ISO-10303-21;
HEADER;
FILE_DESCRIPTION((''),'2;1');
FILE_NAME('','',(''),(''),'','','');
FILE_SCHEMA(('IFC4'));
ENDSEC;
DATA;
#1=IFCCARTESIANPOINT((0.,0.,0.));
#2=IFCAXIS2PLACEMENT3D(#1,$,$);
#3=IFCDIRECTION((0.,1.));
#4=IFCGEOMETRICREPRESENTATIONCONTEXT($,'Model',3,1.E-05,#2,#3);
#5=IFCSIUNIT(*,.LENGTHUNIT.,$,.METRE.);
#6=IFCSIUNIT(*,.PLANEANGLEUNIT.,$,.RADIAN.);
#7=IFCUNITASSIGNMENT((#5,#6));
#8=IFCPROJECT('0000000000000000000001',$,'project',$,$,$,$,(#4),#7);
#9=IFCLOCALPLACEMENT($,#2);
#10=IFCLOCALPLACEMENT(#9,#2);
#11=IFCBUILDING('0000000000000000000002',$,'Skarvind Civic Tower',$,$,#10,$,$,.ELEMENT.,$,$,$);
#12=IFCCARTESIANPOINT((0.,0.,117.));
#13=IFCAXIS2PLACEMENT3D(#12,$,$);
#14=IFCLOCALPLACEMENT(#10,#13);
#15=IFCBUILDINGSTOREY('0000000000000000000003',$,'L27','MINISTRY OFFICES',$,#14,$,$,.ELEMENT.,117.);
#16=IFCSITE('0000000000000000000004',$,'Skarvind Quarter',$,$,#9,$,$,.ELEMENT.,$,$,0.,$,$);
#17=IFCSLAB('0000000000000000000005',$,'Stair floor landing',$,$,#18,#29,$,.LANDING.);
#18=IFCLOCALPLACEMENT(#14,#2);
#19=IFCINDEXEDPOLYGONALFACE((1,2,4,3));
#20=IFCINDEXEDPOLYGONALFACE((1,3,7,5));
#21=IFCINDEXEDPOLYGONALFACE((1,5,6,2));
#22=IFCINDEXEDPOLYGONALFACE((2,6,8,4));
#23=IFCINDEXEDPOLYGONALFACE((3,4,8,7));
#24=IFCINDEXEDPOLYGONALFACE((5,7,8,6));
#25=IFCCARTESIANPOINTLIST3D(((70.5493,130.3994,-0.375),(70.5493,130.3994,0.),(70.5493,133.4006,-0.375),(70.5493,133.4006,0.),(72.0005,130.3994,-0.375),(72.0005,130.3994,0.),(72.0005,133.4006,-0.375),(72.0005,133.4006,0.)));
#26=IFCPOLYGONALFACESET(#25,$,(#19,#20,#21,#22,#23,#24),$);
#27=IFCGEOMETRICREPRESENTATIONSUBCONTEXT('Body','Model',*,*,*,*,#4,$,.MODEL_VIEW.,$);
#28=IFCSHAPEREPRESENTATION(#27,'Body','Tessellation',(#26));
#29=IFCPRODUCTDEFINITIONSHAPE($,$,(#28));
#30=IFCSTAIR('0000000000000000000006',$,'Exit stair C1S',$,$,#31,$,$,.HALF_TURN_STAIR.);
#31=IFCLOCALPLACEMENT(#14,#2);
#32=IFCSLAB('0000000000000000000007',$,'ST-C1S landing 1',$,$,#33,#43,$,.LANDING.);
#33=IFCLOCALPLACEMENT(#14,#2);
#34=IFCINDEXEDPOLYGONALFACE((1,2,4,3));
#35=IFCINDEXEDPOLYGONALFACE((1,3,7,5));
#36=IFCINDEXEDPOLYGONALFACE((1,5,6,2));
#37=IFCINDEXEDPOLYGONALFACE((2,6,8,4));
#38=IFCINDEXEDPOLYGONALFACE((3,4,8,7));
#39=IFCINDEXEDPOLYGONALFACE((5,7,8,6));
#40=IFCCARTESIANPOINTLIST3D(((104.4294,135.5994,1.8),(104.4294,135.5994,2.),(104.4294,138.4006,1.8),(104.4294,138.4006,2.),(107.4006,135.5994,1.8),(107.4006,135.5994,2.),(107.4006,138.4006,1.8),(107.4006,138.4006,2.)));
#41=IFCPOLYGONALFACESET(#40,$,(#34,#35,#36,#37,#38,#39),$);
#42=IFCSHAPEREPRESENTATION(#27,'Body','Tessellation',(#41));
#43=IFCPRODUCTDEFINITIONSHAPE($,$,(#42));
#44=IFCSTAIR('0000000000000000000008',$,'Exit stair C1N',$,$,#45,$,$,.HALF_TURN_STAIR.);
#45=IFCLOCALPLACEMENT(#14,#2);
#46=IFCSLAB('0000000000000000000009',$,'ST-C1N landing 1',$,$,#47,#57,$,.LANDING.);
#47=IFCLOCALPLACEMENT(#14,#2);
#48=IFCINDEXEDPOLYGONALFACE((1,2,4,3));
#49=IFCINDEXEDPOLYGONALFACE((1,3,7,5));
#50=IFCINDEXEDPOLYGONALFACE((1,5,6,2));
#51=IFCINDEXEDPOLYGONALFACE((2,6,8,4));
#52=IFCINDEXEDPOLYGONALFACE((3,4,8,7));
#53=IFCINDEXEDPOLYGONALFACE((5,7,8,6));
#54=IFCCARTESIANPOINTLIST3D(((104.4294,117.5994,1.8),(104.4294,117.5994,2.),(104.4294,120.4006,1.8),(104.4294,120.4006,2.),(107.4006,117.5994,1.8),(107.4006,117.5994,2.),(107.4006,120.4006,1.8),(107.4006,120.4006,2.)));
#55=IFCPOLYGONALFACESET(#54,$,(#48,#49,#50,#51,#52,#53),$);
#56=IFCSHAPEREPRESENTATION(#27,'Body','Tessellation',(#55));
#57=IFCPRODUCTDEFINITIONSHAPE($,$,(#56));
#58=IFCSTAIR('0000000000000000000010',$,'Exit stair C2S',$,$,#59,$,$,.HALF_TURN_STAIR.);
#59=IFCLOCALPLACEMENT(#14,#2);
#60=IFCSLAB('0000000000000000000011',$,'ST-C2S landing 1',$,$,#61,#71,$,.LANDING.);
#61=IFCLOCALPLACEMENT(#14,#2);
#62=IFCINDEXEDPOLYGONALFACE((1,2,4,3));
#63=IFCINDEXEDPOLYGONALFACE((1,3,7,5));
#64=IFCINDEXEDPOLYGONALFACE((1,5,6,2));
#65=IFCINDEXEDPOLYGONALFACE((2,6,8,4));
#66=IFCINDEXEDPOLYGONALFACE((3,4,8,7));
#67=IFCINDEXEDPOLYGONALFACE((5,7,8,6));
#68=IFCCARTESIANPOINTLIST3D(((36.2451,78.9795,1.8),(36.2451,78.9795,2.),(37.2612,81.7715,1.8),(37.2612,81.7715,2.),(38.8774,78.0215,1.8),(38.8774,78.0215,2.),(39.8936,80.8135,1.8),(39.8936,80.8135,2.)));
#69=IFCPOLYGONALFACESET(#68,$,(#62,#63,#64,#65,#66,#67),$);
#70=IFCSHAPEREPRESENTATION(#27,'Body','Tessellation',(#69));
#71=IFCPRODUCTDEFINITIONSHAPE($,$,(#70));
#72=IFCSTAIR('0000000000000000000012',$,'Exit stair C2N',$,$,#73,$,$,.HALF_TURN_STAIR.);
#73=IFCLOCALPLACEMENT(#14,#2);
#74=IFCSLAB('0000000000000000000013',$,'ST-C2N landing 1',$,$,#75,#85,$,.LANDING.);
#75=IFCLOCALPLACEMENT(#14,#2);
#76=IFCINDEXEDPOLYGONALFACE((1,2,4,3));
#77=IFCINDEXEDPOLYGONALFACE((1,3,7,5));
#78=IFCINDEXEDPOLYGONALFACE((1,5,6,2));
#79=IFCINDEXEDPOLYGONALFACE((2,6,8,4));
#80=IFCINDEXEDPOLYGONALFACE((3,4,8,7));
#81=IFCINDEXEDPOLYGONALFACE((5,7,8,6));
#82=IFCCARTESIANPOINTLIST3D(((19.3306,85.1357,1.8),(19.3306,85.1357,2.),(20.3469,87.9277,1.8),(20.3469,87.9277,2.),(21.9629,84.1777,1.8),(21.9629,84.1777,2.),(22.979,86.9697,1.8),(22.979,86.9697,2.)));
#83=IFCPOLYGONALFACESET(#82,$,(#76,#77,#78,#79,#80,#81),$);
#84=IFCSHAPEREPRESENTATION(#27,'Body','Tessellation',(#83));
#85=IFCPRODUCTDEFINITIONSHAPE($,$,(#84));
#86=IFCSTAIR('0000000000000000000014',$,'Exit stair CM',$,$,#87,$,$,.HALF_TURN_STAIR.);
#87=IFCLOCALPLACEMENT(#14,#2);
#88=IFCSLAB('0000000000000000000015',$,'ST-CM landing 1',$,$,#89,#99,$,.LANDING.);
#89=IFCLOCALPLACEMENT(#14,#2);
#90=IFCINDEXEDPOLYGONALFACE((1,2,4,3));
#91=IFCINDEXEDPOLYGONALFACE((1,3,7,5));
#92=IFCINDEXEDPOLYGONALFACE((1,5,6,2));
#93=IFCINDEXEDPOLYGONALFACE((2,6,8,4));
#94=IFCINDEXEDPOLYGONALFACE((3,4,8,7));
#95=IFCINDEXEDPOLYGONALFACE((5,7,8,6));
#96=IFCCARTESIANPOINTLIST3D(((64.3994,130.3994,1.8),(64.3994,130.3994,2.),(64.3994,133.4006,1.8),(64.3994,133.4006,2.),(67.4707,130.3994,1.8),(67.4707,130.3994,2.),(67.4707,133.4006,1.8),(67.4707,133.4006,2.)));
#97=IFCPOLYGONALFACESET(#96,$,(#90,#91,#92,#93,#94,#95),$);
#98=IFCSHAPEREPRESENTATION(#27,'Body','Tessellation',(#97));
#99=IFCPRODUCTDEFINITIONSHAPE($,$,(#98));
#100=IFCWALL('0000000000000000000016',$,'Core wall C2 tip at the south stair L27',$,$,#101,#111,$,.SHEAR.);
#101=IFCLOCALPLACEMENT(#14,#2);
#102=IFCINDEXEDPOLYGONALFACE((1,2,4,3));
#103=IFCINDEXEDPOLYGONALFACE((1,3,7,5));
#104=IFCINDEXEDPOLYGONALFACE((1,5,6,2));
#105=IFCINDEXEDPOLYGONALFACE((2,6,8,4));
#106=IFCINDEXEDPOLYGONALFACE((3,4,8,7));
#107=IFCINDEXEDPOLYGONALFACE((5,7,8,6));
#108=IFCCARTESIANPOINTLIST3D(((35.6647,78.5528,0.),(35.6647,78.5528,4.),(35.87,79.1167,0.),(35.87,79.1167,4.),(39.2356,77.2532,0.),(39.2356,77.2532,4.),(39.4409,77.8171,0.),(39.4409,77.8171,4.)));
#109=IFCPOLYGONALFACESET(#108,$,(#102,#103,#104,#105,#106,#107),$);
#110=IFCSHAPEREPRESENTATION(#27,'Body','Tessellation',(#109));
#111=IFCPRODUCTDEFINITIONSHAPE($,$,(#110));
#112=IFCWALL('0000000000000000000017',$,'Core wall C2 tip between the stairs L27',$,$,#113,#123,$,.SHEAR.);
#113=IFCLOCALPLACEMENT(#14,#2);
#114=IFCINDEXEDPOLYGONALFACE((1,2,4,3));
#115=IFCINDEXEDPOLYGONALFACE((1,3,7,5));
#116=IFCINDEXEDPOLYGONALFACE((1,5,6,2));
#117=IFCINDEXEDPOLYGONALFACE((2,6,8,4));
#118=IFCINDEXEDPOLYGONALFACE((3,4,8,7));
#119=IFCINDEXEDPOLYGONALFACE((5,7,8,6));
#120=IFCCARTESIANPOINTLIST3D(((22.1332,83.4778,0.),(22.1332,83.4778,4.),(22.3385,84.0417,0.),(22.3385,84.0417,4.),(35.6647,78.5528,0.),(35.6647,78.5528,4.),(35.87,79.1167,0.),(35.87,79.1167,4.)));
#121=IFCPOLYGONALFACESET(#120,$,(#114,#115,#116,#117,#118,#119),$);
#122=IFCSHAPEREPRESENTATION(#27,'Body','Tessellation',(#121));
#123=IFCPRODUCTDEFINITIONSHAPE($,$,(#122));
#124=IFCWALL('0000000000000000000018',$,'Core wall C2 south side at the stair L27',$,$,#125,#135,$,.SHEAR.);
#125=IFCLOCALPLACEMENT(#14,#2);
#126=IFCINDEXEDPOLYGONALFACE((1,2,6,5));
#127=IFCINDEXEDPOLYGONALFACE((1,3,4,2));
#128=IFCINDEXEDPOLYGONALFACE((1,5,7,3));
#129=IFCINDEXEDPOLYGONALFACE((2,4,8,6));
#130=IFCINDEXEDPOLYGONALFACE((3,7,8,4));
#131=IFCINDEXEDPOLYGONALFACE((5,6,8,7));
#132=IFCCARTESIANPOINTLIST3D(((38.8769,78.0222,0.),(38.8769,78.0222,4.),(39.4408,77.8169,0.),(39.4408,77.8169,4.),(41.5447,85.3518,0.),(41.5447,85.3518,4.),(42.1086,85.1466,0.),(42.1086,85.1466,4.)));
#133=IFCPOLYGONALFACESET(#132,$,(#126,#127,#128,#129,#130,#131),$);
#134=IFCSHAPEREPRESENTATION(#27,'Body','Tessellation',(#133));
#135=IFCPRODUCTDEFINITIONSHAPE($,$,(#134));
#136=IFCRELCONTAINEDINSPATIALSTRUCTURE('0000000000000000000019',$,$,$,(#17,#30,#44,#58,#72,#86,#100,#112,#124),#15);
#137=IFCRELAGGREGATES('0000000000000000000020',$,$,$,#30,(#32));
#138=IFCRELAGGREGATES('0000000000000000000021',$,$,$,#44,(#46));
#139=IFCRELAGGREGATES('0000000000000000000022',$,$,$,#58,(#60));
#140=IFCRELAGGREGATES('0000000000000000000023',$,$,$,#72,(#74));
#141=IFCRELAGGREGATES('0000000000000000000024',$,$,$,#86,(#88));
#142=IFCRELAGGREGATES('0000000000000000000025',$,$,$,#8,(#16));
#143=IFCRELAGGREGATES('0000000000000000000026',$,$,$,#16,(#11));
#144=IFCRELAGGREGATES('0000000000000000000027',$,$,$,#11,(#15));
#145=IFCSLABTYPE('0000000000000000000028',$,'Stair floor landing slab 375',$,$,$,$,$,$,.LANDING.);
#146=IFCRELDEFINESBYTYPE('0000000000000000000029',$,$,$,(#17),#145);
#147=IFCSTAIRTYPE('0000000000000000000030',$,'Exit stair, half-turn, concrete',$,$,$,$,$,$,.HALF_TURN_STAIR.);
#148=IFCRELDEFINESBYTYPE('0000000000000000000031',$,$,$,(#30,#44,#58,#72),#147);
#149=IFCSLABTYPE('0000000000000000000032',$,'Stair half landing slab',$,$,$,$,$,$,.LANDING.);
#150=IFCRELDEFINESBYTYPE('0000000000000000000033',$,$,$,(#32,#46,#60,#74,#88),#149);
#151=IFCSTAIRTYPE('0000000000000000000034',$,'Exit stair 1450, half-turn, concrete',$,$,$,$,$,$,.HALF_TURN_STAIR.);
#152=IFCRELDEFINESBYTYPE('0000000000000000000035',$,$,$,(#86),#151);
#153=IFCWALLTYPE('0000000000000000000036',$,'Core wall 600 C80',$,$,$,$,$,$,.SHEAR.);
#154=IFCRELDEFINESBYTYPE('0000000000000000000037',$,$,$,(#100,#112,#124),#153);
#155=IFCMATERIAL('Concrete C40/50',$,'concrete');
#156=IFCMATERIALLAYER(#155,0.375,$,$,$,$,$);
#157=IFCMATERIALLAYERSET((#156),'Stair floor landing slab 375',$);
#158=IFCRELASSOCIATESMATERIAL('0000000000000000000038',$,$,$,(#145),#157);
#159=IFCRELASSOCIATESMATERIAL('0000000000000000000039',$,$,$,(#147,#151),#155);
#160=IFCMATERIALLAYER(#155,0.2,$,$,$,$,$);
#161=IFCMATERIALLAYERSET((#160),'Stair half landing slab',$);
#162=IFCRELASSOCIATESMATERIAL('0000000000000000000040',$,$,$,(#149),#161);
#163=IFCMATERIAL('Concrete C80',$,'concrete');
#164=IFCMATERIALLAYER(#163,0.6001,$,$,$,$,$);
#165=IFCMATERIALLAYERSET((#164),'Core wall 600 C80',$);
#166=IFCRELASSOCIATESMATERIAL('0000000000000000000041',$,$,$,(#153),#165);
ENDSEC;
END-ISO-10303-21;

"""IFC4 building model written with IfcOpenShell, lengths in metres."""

from ifc_helpers import new_model, si_unit, direction, frame, frame_2d, origin, place, context, subcontext, project, spatial, polyline, rectangle, outline, extrude, material, layer, layer_set, type_object, element, aggregate, save


model = new_model("IFC4")

# Units and contexts
model_context = context("Model", 3, precision=1e-05, world=origin(), true_north=direction((0.0, 1.0)))
body_context = subcontext(model_context, "Body", "Model", "MODEL_VIEW")
ifc_project = project(units=[si_unit("LENGTHUNIT", "METRE"), si_unit("PLANEANGLEUNIT", "RADIAN")], contexts=[model_context])

# Site, building, storey
site_placement = place(None, origin())
site = spatial("IfcSite", under=ifc_project, at=site_placement, Name="Skarvind Quarter", CompositionType="ELEMENT", RefElevation=0.0)
building_placement = place(site_placement, origin())
building = spatial("IfcBuilding", under=site, at=building_placement, Name="Skarvind Civic Tower", CompositionType="ELEMENT")
storey_placement = place(building_placement, frame((0.0, 0.0, 117.0)))
storey = spatial("IfcBuildingStorey", under=building, at=storey_placement, Name="L27", Description="MINISTRY OFFICES", CompositionType="ELEMENT", Elevation=117.0)

# Slab
ifc_material_1 = material(Name="Concrete C40/50", Category="concrete")
ifc_layer_1 = layer(ifc_material_1, 0.375)
ifc_layer_set_1 = layer_set([ifc_layer_1], Name="Stair floor landing slab 375")
slab_type_1 = type_object("IfcSlabType", Name="Stair floor landing slab 375", PredefinedType="LANDING", material=ifc_layer_set_1)
slab_1_placement = place(storey_placement, frame((0.0, 0.0, -0.375)))
element("IfcSlab", 1, at=slab_1_placement, inside=storey, type_object=slab_type_1, Name="Stair floor landing", PredefinedType="LANDING", context=body_context, shape_type="SweptSolid", body=[
    extrude(outline(polyline([(70.5493, 130.3994), (70.5493, 133.4006), (72.0005, 133.4006), (72.0005, 130.3994), (70.5493, 130.3994)])), origin(), (0.0, 0.0, 1.0), 0.375),
])

# Stairs, slabs
stair_type_1 = type_object("IfcStairType", Name="Exit stair, half-turn, concrete", PredefinedType="HALF_TURN_STAIR", material=ifc_material_1)
stair_1_placement = place(storey_placement, origin())
stair_1 = element("IfcStair", 2, at=stair_1_placement, inside=storey, type_object=stair_type_1, Name="Exit stair C1S", PredefinedType="HALF_TURN_STAIR")
ifc_layer_2 = layer(ifc_material_1, 0.2)
ifc_layer_set_2 = layer_set([ifc_layer_2], Name="Stair half landing slab")
slab_type_2 = type_object("IfcSlabType", Name="Stair half landing slab", PredefinedType="LANDING", material=ifc_layer_set_2)
slab_2_placement = place(storey_placement, frame((0.0, 0.0, 1.8)))
slab_2 = element("IfcSlab", 3, at=slab_2_placement, type_object=slab_type_2, Name="ST-C1S landing 1", PredefinedType="LANDING", context=body_context, shape_type="SweptSolid", body=[
    extrude(outline(polyline([(104.4294, 135.5994), (104.4294, 138.4006), (107.4006, 138.4006), (107.4006, 135.5994), (104.4294, 135.5994)])), origin(), (0.0, 0.0, 1.0), 0.2),
])
aggregate(stair_1, [slab_2])
stair_2_placement = place(storey_placement, origin())
stair_2 = element("IfcStair", 4, at=stair_2_placement, inside=storey, type_object=stair_type_1, Name="Exit stair C1N", PredefinedType="HALF_TURN_STAIR")
slab_3_placement = place(storey_placement, frame((0.0, 0.0, 1.8)))
slab_3 = element("IfcSlab", 5, at=slab_3_placement, type_object=slab_type_2, Name="ST-C1N landing 1", PredefinedType="LANDING", context=body_context, shape_type="SweptSolid", body=[
    extrude(outline(polyline([(104.4294, 117.5994), (104.4294, 120.4006), (107.4006, 120.4006), (107.4006, 117.5994), (104.4294, 117.5994)])), origin(), (0.0, 0.0, 1.0), 0.2),
])
aggregate(stair_2, [slab_3])
stair_3_placement = place(storey_placement, origin())
stair_3 = element("IfcStair", 6, at=stair_3_placement, inside=storey, type_object=stair_type_1, Name="Exit stair C2S", PredefinedType="HALF_TURN_STAIR")
slab_4_placement = place(storey_placement, frame((0.0, 0.0, 1.8)))
slab_4 = element("IfcSlab", 7, at=slab_4_placement, type_object=slab_type_2, Name="ST-C2S landing 1", PredefinedType="LANDING", context=body_context, shape_type="SweptSolid", body=[
    extrude(outline(polyline([(37.2612, 81.7715), (39.8936, 80.8135), (38.8774, 78.0215), (36.2451, 78.9795), (37.2612, 81.7715)])), origin(), (0.0, 0.0, 1.0), 0.2),
])
aggregate(stair_3, [slab_4])
stair_4_placement = place(storey_placement, origin())
stair_4 = element("IfcStair", 8, at=stair_4_placement, inside=storey, type_object=stair_type_1, Name="Exit stair C2N", PredefinedType="HALF_TURN_STAIR")
slab_5_placement = place(storey_placement, frame((0.0, 0.0, 1.8)))
slab_5 = element("IfcSlab", 9, at=slab_5_placement, type_object=slab_type_2, Name="ST-C2N landing 1", PredefinedType="LANDING", context=body_context, shape_type="SweptSolid", body=[
    extrude(outline(polyline([(20.3469, 87.9277), (22.979, 86.9697), (21.9629, 84.1777), (19.3306, 85.1357), (20.3469, 87.9277)])), origin(), (0.0, 0.0, 1.0), 0.2),
])
aggregate(stair_4, [slab_5])
stair_type_2 = type_object("IfcStairType", Name="Exit stair 1450, half-turn, concrete", PredefinedType="HALF_TURN_STAIR", material=ifc_material_1)
stair_5_placement = place(storey_placement, origin())
stair_5 = element("IfcStair", 10, at=stair_5_placement, inside=storey, type_object=stair_type_2, Name="Exit stair CM", PredefinedType="HALF_TURN_STAIR")
slab_6_placement = place(storey_placement, frame((0.0, 0.0, 1.8)))
slab_6 = element("IfcSlab", 11, at=slab_6_placement, type_object=slab_type_2, Name="ST-CM landing 1", PredefinedType="LANDING", context=body_context, shape_type="SweptSolid", body=[
    extrude(outline(polyline([(67.4707, 133.4006), (67.4707, 130.3994), (64.3994, 130.3994), (64.3994, 133.4006), (67.4707, 133.4006)])), origin(), (0.0, 0.0, 1.0), 0.2),
])
aggregate(stair_5, [slab_6])

# Walls
ifc_material_2 = material(Name="Concrete C80", Category="concrete")
ifc_layer_3 = layer(ifc_material_2, 0.6001)
ifc_layer_set_3 = layer_set([ifc_layer_3], Name="Core wall 600 C80")
wall_type = type_object("IfcWallType", Name="Core wall 600 C80", PredefinedType="SHEAR", material=ifc_layer_set_3)
wall_1_placement = place(storey_placement, frame((39.3381, 77.5352, 0.0), z_axis=(0.0, 0.0, 1.0), x_axis=(-0.939701, 0.341996, 0.0)))
element("IfcWall", 12, at=wall_1_placement, inside=storey, type_object=wall_type, Name="Core wall C2 tip at the south stair L27", PredefinedType="SHEAR", context=body_context, shape_type="SweptSolid", body=[
    extrude(rectangle(XDim=3.8, YDim=0.6001, at=frame_2d((1.8999, 0.0))), origin(), (0.0, 0.0, 1.0), 4.0),
])
wall_2_placement = place(storey_placement, frame((35.7673, 78.8347, 0.0), z_axis=(0.0, 0.0, 1.0), x_axis=(-0.939693, 0.342019, 0.0)))
element("IfcWall", 13, at=wall_2_placement, inside=storey, type_object=wall_type, Name="Core wall C2 tip between the stairs L27", PredefinedType="SHEAR", context=body_context, shape_type="SweptSolid", body=[
    extrude(rectangle(XDim=14.3999, YDim=0.6001, at=frame_2d((7.2, 0.0))), origin(), (0.0, 0.0, 1.0), 4.0),
])
wall_3_placement = place(storey_placement, frame((39.1589, 77.9197, 0.0), z_axis=(0.0, 0.0, 1.0), x_axis=(0.342017, 0.939694, 0.0)))
element("IfcWall", 14, at=wall_3_placement, inside=storey, type_object=wall_type, Name="Core wall C2 south side at the stair L27", PredefinedType="SHEAR", context=body_context, shape_type="SweptSolid", body=[
    extrude(rectangle(XDim=7.8, YDim=0.6001, at=frame_2d((3.8999, 0.0))), origin(), (0.0, 0.0, 1.0), 4.0),
])

save(model, "model.ifc")
